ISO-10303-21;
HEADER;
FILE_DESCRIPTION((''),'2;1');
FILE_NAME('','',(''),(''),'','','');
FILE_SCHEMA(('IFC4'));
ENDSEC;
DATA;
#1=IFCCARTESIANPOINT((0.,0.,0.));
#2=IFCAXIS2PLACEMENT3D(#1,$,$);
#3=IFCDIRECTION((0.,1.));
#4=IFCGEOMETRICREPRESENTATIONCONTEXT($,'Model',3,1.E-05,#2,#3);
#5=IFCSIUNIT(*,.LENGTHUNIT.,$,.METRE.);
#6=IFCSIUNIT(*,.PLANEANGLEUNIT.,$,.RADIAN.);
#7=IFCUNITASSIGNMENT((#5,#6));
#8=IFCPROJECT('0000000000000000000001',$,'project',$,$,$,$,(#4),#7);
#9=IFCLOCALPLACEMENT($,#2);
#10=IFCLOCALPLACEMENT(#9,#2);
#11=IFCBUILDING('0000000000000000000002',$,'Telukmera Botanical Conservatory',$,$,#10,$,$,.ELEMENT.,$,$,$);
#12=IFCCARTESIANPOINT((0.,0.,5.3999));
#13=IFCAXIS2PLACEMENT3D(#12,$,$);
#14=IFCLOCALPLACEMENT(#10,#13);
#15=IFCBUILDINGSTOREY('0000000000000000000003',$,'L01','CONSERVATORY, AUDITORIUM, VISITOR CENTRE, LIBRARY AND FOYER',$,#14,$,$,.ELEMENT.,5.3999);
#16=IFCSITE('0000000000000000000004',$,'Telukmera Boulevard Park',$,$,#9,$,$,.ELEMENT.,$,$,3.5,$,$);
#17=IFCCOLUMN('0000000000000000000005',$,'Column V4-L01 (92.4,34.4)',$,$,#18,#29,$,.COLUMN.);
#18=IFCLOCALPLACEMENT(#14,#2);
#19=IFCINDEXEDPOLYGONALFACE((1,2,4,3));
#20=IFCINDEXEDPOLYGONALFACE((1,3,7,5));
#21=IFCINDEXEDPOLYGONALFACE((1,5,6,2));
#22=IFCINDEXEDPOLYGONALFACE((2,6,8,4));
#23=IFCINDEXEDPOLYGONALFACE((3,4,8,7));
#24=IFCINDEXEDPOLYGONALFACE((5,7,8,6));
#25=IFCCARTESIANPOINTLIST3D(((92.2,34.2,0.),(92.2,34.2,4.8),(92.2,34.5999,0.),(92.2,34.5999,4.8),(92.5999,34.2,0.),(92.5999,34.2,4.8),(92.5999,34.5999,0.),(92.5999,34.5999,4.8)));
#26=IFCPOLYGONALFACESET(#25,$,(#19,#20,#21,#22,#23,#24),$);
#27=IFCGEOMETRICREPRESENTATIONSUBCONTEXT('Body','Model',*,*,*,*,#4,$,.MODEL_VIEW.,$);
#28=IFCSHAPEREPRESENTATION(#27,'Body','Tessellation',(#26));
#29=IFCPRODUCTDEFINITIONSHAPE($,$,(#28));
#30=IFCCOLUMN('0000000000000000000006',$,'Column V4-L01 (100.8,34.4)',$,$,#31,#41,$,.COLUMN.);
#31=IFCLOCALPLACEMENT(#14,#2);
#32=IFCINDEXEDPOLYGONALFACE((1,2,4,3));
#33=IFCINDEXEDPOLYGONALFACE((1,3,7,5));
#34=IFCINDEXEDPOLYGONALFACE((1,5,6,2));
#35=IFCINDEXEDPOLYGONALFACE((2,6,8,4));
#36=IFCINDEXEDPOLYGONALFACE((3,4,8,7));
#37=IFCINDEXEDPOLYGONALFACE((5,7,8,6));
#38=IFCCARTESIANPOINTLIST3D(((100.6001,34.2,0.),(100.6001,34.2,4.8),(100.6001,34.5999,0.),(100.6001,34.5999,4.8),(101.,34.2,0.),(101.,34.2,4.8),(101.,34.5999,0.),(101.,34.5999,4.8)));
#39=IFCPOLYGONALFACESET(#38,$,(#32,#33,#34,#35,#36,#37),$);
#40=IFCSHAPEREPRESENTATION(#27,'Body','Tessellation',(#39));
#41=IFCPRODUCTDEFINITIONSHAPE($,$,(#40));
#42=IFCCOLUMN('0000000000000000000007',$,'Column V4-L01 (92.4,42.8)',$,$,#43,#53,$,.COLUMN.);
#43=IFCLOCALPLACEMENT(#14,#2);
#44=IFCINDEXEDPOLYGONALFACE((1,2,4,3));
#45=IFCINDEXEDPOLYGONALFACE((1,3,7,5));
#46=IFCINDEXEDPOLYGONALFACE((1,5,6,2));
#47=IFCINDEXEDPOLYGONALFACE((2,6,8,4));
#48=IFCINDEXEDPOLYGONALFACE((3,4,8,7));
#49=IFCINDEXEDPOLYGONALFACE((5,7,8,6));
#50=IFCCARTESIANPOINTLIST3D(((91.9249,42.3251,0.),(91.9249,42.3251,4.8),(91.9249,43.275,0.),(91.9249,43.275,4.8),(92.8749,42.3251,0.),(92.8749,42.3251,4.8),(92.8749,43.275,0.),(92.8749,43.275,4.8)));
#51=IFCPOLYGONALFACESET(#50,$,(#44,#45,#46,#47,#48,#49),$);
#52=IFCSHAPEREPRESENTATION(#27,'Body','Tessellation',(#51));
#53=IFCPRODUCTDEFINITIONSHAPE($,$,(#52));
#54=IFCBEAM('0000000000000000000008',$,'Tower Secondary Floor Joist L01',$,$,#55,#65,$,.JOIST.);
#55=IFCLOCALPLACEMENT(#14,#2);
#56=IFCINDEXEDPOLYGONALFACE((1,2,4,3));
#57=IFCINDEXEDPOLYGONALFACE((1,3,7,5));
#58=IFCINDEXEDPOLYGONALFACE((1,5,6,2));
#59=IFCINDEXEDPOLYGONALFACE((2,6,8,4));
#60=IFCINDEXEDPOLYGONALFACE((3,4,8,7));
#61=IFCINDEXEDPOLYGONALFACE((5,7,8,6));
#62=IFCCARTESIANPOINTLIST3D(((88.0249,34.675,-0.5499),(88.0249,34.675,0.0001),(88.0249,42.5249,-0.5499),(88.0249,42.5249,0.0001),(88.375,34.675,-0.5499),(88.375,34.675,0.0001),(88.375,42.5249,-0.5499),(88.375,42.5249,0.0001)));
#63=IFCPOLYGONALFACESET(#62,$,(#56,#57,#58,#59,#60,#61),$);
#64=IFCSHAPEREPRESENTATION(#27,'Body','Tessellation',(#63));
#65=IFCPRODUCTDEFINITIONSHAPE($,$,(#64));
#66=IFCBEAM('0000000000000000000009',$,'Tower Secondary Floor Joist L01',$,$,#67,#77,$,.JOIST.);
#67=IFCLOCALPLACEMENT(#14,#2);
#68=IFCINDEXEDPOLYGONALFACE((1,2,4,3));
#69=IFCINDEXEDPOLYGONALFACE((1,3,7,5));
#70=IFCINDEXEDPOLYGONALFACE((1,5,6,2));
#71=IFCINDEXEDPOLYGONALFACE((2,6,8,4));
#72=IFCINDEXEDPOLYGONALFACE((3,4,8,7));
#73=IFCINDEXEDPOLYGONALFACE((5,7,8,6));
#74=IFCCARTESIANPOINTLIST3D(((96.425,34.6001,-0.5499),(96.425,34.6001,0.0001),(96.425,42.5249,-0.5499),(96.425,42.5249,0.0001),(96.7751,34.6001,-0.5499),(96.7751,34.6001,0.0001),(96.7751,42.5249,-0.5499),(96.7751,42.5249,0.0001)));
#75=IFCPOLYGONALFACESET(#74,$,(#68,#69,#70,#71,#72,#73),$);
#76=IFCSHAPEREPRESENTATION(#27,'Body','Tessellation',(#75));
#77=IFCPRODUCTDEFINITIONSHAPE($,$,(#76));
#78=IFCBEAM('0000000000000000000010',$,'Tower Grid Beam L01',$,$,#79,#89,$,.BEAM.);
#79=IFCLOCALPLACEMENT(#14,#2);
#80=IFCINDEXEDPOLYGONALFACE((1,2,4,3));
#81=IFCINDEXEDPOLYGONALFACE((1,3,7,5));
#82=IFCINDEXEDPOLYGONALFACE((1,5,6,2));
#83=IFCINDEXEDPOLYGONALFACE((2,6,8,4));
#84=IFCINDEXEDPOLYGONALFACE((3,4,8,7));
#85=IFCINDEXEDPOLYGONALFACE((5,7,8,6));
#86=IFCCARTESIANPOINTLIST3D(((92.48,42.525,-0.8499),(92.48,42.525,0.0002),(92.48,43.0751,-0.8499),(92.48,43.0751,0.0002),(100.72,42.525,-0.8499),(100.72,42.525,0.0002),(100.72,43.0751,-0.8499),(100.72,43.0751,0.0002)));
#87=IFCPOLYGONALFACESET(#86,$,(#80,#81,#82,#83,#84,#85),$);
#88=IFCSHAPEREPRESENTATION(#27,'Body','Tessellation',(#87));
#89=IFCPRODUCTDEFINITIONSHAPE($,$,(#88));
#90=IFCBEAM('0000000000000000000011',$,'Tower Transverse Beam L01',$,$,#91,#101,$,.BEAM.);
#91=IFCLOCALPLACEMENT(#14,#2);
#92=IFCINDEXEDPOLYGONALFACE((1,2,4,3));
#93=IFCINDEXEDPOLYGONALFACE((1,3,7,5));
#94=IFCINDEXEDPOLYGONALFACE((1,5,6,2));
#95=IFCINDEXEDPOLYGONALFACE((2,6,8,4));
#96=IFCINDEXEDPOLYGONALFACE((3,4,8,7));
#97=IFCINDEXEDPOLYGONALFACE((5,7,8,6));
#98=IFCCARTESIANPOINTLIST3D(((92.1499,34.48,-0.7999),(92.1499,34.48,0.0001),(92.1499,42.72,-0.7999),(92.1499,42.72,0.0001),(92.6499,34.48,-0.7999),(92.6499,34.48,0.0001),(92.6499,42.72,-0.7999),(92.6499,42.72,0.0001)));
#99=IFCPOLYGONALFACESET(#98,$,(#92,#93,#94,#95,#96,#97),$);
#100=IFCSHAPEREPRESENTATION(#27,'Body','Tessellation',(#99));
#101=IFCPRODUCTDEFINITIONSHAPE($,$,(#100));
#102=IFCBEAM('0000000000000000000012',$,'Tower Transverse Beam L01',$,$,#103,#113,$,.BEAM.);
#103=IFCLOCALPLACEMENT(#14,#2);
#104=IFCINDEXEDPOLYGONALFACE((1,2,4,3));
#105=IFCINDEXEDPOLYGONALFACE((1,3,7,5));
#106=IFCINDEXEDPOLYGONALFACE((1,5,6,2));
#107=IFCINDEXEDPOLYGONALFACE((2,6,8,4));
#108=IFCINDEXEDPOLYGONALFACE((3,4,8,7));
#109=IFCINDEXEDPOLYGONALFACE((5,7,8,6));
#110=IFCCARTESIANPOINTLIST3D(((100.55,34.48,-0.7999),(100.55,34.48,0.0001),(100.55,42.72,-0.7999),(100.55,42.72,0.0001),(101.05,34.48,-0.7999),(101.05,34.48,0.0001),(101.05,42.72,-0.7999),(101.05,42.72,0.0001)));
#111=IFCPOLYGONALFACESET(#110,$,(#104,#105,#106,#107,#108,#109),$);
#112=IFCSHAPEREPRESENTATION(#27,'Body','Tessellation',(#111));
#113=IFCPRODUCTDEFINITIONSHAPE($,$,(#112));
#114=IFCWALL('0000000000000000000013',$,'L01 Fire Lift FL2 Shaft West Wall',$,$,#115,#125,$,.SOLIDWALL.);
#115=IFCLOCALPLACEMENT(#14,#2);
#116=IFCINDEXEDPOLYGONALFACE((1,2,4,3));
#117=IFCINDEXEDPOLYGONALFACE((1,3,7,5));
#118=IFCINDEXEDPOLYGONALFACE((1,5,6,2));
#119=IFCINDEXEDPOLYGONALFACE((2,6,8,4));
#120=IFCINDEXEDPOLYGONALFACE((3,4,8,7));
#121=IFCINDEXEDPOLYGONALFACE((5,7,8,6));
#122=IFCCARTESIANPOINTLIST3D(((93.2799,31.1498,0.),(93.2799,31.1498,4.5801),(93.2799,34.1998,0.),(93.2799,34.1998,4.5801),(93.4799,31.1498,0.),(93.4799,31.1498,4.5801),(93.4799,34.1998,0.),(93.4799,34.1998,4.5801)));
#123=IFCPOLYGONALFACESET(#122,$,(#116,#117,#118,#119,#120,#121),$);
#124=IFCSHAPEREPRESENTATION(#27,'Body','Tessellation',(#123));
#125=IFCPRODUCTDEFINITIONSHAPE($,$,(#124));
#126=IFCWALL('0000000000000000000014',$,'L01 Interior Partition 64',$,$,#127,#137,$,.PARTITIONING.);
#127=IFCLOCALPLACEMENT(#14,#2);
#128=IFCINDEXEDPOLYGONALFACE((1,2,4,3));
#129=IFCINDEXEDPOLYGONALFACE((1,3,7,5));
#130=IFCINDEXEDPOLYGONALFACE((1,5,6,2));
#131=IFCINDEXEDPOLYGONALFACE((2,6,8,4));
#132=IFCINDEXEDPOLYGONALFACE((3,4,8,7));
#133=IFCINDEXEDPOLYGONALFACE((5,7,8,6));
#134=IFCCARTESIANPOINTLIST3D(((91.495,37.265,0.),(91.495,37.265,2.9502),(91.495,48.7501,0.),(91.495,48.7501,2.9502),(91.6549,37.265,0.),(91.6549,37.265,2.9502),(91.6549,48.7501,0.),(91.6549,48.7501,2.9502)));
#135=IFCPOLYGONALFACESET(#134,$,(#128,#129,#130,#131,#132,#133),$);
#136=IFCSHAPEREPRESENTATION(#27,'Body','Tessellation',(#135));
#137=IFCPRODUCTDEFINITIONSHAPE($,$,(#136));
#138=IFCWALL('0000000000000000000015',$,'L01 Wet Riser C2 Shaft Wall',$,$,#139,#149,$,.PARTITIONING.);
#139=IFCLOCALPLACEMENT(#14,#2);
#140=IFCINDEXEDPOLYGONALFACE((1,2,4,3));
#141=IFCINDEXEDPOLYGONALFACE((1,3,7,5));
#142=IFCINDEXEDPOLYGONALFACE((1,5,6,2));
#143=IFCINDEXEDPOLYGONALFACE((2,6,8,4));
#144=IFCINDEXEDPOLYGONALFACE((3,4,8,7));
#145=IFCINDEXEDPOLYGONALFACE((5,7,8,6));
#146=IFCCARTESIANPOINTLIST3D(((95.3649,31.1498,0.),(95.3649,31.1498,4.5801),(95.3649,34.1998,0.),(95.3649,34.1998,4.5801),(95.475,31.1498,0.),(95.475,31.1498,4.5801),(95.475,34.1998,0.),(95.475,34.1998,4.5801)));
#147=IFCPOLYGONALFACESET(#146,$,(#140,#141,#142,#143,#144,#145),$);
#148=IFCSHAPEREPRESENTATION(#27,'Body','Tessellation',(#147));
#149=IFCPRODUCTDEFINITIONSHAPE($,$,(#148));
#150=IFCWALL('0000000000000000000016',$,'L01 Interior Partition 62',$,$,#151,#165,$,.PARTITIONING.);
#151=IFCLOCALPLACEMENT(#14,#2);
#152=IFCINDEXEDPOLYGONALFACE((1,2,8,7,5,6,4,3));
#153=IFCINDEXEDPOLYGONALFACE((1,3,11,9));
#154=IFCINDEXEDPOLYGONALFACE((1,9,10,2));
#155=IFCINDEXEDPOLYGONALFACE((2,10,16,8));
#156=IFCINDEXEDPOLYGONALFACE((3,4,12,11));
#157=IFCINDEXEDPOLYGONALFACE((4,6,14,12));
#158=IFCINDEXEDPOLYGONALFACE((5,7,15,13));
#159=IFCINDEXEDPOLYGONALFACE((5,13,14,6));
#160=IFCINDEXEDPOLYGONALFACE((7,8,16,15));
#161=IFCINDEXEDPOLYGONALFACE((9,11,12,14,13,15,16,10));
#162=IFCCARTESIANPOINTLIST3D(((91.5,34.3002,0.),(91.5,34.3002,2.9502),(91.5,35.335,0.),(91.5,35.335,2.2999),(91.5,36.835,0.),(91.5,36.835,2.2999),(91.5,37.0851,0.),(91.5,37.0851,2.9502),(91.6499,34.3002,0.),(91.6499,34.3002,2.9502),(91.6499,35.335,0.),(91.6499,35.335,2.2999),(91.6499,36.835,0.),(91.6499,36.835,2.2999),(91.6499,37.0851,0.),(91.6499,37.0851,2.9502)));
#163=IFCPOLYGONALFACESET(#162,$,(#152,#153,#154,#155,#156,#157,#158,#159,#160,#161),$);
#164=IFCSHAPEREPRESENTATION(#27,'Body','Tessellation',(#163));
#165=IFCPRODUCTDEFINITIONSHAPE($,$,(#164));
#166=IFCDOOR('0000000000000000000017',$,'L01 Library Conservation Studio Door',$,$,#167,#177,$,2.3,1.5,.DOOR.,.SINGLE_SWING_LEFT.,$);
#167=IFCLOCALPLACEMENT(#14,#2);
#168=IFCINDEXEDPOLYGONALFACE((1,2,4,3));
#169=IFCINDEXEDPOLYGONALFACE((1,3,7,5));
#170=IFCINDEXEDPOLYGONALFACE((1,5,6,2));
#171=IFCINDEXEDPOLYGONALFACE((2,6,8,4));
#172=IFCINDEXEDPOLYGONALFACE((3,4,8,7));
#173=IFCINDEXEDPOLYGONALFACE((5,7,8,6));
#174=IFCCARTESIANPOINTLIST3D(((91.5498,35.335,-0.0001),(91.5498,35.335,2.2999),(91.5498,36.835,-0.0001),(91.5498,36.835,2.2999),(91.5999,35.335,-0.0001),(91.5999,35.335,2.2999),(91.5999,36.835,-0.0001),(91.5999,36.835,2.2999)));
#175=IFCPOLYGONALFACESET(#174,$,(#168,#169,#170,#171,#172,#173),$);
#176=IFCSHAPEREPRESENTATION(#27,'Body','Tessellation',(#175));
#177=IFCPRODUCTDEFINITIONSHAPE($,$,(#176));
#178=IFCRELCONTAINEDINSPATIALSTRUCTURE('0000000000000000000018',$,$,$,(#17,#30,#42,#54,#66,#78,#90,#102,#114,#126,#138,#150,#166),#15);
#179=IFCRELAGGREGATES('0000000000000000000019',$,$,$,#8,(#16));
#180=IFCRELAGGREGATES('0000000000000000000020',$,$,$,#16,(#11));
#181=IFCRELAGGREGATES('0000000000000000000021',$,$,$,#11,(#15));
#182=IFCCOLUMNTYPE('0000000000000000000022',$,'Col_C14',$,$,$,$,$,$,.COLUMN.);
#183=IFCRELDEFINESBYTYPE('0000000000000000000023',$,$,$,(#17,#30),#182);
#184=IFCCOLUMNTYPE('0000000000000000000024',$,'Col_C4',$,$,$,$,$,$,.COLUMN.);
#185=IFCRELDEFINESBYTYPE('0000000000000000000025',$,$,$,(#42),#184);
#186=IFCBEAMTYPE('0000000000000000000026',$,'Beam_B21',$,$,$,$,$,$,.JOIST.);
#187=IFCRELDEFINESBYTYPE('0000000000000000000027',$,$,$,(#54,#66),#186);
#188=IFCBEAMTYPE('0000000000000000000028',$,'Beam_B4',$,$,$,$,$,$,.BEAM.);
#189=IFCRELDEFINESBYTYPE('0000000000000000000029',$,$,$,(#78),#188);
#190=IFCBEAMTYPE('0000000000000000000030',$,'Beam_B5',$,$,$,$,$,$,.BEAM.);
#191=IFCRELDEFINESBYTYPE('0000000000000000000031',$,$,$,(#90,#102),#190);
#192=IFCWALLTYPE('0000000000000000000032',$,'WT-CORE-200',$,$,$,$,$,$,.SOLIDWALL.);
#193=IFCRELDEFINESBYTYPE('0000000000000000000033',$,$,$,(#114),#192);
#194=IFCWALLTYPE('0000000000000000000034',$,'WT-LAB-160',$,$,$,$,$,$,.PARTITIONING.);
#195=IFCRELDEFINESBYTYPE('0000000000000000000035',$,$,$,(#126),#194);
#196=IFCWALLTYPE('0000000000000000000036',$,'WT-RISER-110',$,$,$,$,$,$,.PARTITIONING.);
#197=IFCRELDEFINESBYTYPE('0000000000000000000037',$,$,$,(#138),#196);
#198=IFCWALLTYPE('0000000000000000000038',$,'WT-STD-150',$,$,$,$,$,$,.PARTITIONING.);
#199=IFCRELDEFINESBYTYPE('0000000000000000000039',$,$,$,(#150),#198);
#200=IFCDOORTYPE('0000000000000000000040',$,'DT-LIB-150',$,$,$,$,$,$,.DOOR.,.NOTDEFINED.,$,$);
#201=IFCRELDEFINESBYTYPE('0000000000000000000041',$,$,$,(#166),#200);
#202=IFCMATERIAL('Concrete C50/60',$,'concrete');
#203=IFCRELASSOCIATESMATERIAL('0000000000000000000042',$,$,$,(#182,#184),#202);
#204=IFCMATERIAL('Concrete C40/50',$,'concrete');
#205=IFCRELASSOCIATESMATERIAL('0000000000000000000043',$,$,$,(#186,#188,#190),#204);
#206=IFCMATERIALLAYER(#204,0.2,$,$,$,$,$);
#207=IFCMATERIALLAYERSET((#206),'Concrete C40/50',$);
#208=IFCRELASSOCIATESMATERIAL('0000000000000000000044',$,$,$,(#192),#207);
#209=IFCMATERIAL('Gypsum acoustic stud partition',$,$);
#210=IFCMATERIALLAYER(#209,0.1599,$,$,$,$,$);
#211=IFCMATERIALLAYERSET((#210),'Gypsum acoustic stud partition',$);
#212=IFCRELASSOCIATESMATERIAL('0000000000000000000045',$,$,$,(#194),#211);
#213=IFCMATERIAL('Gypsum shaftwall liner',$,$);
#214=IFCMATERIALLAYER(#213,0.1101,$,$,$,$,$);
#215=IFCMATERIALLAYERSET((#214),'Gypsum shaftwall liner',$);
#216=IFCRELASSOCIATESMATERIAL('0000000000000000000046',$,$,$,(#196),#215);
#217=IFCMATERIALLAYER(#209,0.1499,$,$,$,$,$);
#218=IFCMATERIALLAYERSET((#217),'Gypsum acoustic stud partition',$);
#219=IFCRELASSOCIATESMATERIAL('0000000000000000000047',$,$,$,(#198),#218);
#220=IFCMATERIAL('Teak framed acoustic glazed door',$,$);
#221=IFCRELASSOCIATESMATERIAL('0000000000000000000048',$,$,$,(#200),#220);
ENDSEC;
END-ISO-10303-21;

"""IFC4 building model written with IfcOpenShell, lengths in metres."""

from ifc_helpers import new_model, si_unit, direction, frame, frame_2d, origin, origin_2d, place, context, subcontext, project, spatial, rectangle, extrude, material, layer, layer_set, material_profile, profile_set, type_object, element, fill, save


model = new_model("IFC4")

# Units and contexts
model_context = context("Model", 3, precision=1e-05, world=origin(), true_north=direction((0.0, 1.0)))
body_context = subcontext(model_context, "Body", "Model", "MODEL_VIEW")
ifc_project = project(units=[si_unit("LENGTHUNIT", "METRE"), si_unit("PLANEANGLEUNIT", "RADIAN")], contexts=[model_context])

# Site, building, storey
site_placement = place(None, origin())
site = spatial("IfcSite", under=ifc_project, at=site_placement, Name="Telukmera Boulevard Park", CompositionType="ELEMENT", RefElevation=3.5)
building_placement = place(site_placement, origin())
building = spatial("IfcBuilding", under=site, at=building_placement, Name="Telukmera Botanical Conservatory", CompositionType="ELEMENT")
storey_placement = place(building_placement, frame((0.0, 0.0, 5.3999)))
storey = spatial("IfcBuildingStorey", under=building, at=storey_placement, Name="L01", Description="CONSERVATORY, AUDITORIUM, VISITOR CENTRE, LIBRARY AND FOYER", CompositionType="ELEMENT", Elevation=5.3999)

# Columns
ifc_material_1 = material(Name="Concrete C50/60", Category="concrete")
ifc_material_profile_1 = material_profile(ifc_material_1, rectangle(XDim=0.3999, YDim=0.3999, at=origin_2d()), Name="RC 400x400")
ifc_profile_set_1 = profile_set([ifc_material_profile_1], Name="Concrete C50/60")
column_type_1 = type_object("IfcColumnType", Name="Col_C14", PredefinedType="COLUMN", material=ifc_profile_set_1)
for number, where, z_axis, x_axis, name in (
    (1, (92.3999, 34.3999, 0.0), (0.0, 0.0, 1.0), (1.0, 0.0, 0.0), "Column V4-L01 (92.4,34.4)"),
    (2, (100.8, 34.3999, 0.0), (0.0, 0.0, 1.0), (1.0, 0.0, 0.0), "Column V4-L01 (100.8,34.4)"),
):
    element("IfcColumn", number, at=place(storey_placement, frame(where, z_axis=z_axis, x_axis=x_axis)), inside=storey, type_object=column_type_1, Name=name, PredefinedType="COLUMN", context=body_context, shape_type="SweptSolid", body=[
        extrude(rectangle(XDim=0.3999, YDim=0.3999, at=origin_2d()), origin(), (0.0, 0.0, 1.0), 4.8),
    ])
ifc_material_profile_2 = material_profile(ifc_material_1, rectangle(XDim=0.95, YDim=0.95, at=origin_2d()), Name="RC 950x950")
ifc_profile_set_2 = profile_set([ifc_material_profile_2], Name="Concrete C50/60")
column_type_2 = type_object("IfcColumnType", Name="Col_C4", PredefinedType="COLUMN", material=ifc_profile_set_2)
column_placement = place(storey_placement, frame((92.3999, 42.8, 0.0), z_axis=(0.0, 0.0, 1.0), x_axis=(1.0, 0.0, 0.0)))
element("IfcColumn", 3, at=column_placement, inside=storey, type_object=column_type_2, Name="Column V4-L01 (92.4,42.8)", PredefinedType="COLUMN", context=body_context, shape_type="SweptSolid", body=[
    extrude(rectangle(XDim=0.95, YDim=0.95, at=origin_2d()), origin(), (0.0, 0.0, 1.0), 4.8),
])

# Beams
ifc_material_2 = material(Name="Concrete C40/50", Category="concrete")
ifc_material_profile_3 = material_profile(ifc_material_2, rectangle(XDim=0.3501, YDim=0.55, at=origin_2d()), Name="RC 350x550")
ifc_profile_set_3 = profile_set([ifc_material_profile_3], Name="Concrete C40/50")
beam_type_1 = type_object("IfcBeamType", Name="Beam_B21", PredefinedType="JOIST", material=ifc_profile_set_3)
beam_1_placement = place(storey_placement, frame((88.2, 34.675, -0.2749), z_axis=(0.0, 1.0, 0.0), x_axis=(-1.0, 0.0, 0.0)))
element("IfcBeam", 4, at=beam_1_placement, inside=storey, type_object=beam_type_1, Name="Tower Secondary Floor Joist L01", PredefinedType="JOIST", context=body_context, shape_type="SweptSolid", body=[
    extrude(rectangle(XDim=0.3501, YDim=0.55, at=origin_2d()), origin(), (0.0, 0.0, 1.0), 7.8499),
])
beam_2_placement = place(storey_placement, frame((96.6001, 34.6001, -0.2749), z_axis=(0.0, 1.0, 0.0), x_axis=(-1.0, 0.0, 0.0)))
element("IfcBeam", 5, at=beam_2_placement, inside=storey, type_object=beam_type_1, Name="Tower Secondary Floor Joist L01", PredefinedType="JOIST", context=body_context, shape_type="SweptSolid", body=[
    extrude(rectangle(XDim=0.3501, YDim=0.55, at=origin_2d()), origin(), (0.0, 0.0, 1.0), 7.9248),
])
ifc_material_profile_4 = material_profile(ifc_material_2, rectangle(XDim=0.55, YDim=0.8501, at=origin_2d()), Name="RC 550x850")
ifc_profile_set_4 = profile_set([ifc_material_profile_4], Name="Concrete C40/50")
beam_type_2 = type_object("IfcBeamType", Name="Beam_B4", PredefinedType="BEAM", material=ifc_profile_set_4)
beam_3_placement = place(storey_placement, frame((92.48, 42.8, -0.4248), z_axis=(1.0, 0.0, 0.0), x_axis=(0.0, 1.0, 0.0)))
element("IfcBeam", 6, at=beam_3_placement, inside=storey, type_object=beam_type_2, Name="Tower Grid Beam L01", PredefinedType="BEAM", context=body_context, shape_type="SweptSolid", body=[
    extrude(rectangle(XDim=0.55, YDim=0.8501, at=origin_2d()), origin(), (0.0, 0.0, 1.0), 8.24),
])
ifc_material_profile_5 = material_profile(ifc_material_2, rectangle(XDim=0.5, YDim=0.8, at=origin_2d()), Name="RC 500x800")
ifc_profile_set_5 = profile_set([ifc_material_profile_5], Name="Concrete C40/50")
beam_type_3 = type_object("IfcBeamType", Name="Beam_B5", PredefinedType="BEAM", material=ifc_profile_set_5)
for number, where, z_axis, x_axis, name in (
    (7, (92.3999, 34.48, -0.3999), (0.0, 1.0, 0.0), (-1.0, 0.0, 0.0), "Tower Transverse Beam L01"),
    (8, (100.8, 34.48, -0.3999), (0.0, 1.0, 0.0), (-1.0, 0.0, 0.0), "Tower Transverse Beam L01"),
):
    element("IfcBeam", number, at=place(storey_placement, frame(where, z_axis=z_axis, x_axis=x_axis)), inside=storey, type_object=beam_type_3, Name=name, PredefinedType="BEAM", context=body_context, shape_type="SweptSolid", body=[
        extrude(rectangle(XDim=0.5, YDim=0.8, at=origin_2d()), origin(), (0.0, 0.0, 1.0), 8.24),
    ])

# Shared definitions
ifc_layer_1 = layer(ifc_material_2, 0.2)
ifc_layer_set_1 = layer_set([ifc_layer_1], Name="Concrete C40/50")
wall_type_1 = type_object("IfcWallType", Name="WT-CORE-200", PredefinedType="SOLIDWALL", material=ifc_layer_set_1)

# Walls
wall_1_placement = place(storey_placement, frame((93.3799, 31.1499, 0.0), z_axis=(0.0, 0.0, 1.0), x_axis=(0.0, 1.0, 0.0)))
element("IfcWall", 9, at=wall_1_placement, inside=storey, type_object=wall_type_1, Name="L01 Fire Lift FL2 Shaft West Wall", PredefinedType="SOLIDWALL", context=body_context, shape_type="SweptSolid", body=[
    extrude(rectangle(XDim=3.05, YDim=0.2, at=frame_2d((1.5249, 0.0))), origin(), (0.0, 0.0, 1.0), 4.5801),
])
ifc_material_3 = material(Name="Gypsum acoustic stud partition")
ifc_layer_2 = layer(ifc_material_3, 0.1599)
ifc_layer_set_2 = layer_set([ifc_layer_2], Name="Gypsum acoustic stud partition")
wall_type_2 = type_object("IfcWallType", Name="WT-LAB-160", PredefinedType="PARTITIONING", material=ifc_layer_set_2)
wall_2_placement = place(storey_placement, frame((91.575, 37.2649, 0.0), z_axis=(0.0, 0.0, 1.0), x_axis=(0.0, 1.0, 0.0)))
element("IfcWall", 10, at=wall_2_placement, inside=storey, type_object=wall_type_2, Name="L01 Interior Partition 64", PredefinedType="PARTITIONING", context=body_context, shape_type="SweptSolid", body=[
    extrude(rectangle(XDim=11.4851, YDim=0.1599, at=frame_2d((5.7427, 0.0))), origin(), (0.0, 0.0, 1.0), 2.9502),
])
ifc_material_4 = material(Name="Gypsum shaftwall liner")
ifc_layer_3 = layer(ifc_material_4, 0.1101)
ifc_layer_set_3 = layer_set([ifc_layer_3], Name="Gypsum shaftwall liner")
wall_type_3 = type_object("IfcWallType", Name="WT-RISER-110", PredefinedType="PARTITIONING", material=ifc_layer_set_3)
wall_3_placement = place(storey_placement, frame((95.4199, 31.1499, 0.0), z_axis=(0.0, 0.0, 1.0), x_axis=(0.0, 1.0, 0.0)))
element("IfcWall", 11, at=wall_3_placement, inside=storey, type_object=wall_type_3, Name="L01 Wet Riser C2 Shaft Wall", PredefinedType="PARTITIONING", context=body_context, shape_type="SweptSolid", body=[
    extrude(rectangle(XDim=3.05, YDim=0.1101, at=frame_2d((1.5249, 0.0))), origin(), (0.0, 0.0, 1.0), 4.5801),
])

# Wall, opening, door
ifc_layer_4 = layer(ifc_material_3, 0.1499)
ifc_layer_set_4 = layer_set([ifc_layer_4], Name="Gypsum acoustic stud partition")
wall_type_4 = type_object("IfcWallType", Name="WT-STD-150", PredefinedType="PARTITIONING", material=ifc_layer_set_4)
wall_4_placement = place(storey_placement, frame((91.575, 34.3, 0.0), z_axis=(0.0, 0.0, 1.0), x_axis=(0.0, 1.0, 0.0)))
wall_4 = element("IfcWall", 12, at=wall_4_placement, inside=storey, type_object=wall_type_4, Name="L01 Interior Partition 62", PredefinedType="PARTITIONING", context=body_context, shape_type="SweptSolid", body=[
    extrude(rectangle(XDim=2.7849, YDim=0.1499, at=frame_2d((1.3926, 0.0))), origin(), (0.0, 0.0, 1.0), 2.9502),
])
opening_1_placement = place(wall_4_placement, frame((1.0349, 0.0, 0.0)))
opening_1 = element("IfcOpeningElement", 13, at=opening_1_placement, cuts=wall_4, PredefinedType="OPENING", context=body_context, shape_type="SweptSolid", body=[
    extrude(rectangle(XDim=1.5, YDim=2.3, at=frame_2d((0.75, 1.1499))), frame((0.0, 0.085, 0.0), z_axis=(0.0, -1.0, 0.0), x_axis=(1.0, 0.0, 0.0)), (0.0, 0.0, 1.0), 0.1699),
])
ifc_material_5 = material(Name="Teak framed acoustic glazed door")
door_type_1 = type_object("IfcDoorType", Name="DT-LIB-150", OperationType="NOTDEFINED", PredefinedType="DOOR", material=ifc_material_5)
door_1_placement = place(opening_1_placement, frame((1.5, 0.0, 0.0), z_axis=(0.0, 0.0, 1.0), x_axis=(-1.0, 0.0, 0.0)))
door_1 = element("IfcDoor", 14, at=door_1_placement, inside=storey, type_object=door_type_1, Name="L01 Library Conservation Studio Door", OperationType="SINGLE_SWING_LEFT", OverallHeight=2.3, OverallWidth=1.5, PredefinedType="DOOR", context=body_context, shape_type="SweptSolid", body=[
    extrude(rectangle(XDim=1.5, YDim=2.3, at=frame_2d((0.75, 1.1499))), frame((0.0, 0.0249, 0.0), z_axis=(0.0, -1.0, 0.0), x_axis=(1.0, 0.0, 0.0)), (0.0, 0.0, 1.0), 0.05),
])
fill(opening_1, door_1)

save(model, "model.ifc")
